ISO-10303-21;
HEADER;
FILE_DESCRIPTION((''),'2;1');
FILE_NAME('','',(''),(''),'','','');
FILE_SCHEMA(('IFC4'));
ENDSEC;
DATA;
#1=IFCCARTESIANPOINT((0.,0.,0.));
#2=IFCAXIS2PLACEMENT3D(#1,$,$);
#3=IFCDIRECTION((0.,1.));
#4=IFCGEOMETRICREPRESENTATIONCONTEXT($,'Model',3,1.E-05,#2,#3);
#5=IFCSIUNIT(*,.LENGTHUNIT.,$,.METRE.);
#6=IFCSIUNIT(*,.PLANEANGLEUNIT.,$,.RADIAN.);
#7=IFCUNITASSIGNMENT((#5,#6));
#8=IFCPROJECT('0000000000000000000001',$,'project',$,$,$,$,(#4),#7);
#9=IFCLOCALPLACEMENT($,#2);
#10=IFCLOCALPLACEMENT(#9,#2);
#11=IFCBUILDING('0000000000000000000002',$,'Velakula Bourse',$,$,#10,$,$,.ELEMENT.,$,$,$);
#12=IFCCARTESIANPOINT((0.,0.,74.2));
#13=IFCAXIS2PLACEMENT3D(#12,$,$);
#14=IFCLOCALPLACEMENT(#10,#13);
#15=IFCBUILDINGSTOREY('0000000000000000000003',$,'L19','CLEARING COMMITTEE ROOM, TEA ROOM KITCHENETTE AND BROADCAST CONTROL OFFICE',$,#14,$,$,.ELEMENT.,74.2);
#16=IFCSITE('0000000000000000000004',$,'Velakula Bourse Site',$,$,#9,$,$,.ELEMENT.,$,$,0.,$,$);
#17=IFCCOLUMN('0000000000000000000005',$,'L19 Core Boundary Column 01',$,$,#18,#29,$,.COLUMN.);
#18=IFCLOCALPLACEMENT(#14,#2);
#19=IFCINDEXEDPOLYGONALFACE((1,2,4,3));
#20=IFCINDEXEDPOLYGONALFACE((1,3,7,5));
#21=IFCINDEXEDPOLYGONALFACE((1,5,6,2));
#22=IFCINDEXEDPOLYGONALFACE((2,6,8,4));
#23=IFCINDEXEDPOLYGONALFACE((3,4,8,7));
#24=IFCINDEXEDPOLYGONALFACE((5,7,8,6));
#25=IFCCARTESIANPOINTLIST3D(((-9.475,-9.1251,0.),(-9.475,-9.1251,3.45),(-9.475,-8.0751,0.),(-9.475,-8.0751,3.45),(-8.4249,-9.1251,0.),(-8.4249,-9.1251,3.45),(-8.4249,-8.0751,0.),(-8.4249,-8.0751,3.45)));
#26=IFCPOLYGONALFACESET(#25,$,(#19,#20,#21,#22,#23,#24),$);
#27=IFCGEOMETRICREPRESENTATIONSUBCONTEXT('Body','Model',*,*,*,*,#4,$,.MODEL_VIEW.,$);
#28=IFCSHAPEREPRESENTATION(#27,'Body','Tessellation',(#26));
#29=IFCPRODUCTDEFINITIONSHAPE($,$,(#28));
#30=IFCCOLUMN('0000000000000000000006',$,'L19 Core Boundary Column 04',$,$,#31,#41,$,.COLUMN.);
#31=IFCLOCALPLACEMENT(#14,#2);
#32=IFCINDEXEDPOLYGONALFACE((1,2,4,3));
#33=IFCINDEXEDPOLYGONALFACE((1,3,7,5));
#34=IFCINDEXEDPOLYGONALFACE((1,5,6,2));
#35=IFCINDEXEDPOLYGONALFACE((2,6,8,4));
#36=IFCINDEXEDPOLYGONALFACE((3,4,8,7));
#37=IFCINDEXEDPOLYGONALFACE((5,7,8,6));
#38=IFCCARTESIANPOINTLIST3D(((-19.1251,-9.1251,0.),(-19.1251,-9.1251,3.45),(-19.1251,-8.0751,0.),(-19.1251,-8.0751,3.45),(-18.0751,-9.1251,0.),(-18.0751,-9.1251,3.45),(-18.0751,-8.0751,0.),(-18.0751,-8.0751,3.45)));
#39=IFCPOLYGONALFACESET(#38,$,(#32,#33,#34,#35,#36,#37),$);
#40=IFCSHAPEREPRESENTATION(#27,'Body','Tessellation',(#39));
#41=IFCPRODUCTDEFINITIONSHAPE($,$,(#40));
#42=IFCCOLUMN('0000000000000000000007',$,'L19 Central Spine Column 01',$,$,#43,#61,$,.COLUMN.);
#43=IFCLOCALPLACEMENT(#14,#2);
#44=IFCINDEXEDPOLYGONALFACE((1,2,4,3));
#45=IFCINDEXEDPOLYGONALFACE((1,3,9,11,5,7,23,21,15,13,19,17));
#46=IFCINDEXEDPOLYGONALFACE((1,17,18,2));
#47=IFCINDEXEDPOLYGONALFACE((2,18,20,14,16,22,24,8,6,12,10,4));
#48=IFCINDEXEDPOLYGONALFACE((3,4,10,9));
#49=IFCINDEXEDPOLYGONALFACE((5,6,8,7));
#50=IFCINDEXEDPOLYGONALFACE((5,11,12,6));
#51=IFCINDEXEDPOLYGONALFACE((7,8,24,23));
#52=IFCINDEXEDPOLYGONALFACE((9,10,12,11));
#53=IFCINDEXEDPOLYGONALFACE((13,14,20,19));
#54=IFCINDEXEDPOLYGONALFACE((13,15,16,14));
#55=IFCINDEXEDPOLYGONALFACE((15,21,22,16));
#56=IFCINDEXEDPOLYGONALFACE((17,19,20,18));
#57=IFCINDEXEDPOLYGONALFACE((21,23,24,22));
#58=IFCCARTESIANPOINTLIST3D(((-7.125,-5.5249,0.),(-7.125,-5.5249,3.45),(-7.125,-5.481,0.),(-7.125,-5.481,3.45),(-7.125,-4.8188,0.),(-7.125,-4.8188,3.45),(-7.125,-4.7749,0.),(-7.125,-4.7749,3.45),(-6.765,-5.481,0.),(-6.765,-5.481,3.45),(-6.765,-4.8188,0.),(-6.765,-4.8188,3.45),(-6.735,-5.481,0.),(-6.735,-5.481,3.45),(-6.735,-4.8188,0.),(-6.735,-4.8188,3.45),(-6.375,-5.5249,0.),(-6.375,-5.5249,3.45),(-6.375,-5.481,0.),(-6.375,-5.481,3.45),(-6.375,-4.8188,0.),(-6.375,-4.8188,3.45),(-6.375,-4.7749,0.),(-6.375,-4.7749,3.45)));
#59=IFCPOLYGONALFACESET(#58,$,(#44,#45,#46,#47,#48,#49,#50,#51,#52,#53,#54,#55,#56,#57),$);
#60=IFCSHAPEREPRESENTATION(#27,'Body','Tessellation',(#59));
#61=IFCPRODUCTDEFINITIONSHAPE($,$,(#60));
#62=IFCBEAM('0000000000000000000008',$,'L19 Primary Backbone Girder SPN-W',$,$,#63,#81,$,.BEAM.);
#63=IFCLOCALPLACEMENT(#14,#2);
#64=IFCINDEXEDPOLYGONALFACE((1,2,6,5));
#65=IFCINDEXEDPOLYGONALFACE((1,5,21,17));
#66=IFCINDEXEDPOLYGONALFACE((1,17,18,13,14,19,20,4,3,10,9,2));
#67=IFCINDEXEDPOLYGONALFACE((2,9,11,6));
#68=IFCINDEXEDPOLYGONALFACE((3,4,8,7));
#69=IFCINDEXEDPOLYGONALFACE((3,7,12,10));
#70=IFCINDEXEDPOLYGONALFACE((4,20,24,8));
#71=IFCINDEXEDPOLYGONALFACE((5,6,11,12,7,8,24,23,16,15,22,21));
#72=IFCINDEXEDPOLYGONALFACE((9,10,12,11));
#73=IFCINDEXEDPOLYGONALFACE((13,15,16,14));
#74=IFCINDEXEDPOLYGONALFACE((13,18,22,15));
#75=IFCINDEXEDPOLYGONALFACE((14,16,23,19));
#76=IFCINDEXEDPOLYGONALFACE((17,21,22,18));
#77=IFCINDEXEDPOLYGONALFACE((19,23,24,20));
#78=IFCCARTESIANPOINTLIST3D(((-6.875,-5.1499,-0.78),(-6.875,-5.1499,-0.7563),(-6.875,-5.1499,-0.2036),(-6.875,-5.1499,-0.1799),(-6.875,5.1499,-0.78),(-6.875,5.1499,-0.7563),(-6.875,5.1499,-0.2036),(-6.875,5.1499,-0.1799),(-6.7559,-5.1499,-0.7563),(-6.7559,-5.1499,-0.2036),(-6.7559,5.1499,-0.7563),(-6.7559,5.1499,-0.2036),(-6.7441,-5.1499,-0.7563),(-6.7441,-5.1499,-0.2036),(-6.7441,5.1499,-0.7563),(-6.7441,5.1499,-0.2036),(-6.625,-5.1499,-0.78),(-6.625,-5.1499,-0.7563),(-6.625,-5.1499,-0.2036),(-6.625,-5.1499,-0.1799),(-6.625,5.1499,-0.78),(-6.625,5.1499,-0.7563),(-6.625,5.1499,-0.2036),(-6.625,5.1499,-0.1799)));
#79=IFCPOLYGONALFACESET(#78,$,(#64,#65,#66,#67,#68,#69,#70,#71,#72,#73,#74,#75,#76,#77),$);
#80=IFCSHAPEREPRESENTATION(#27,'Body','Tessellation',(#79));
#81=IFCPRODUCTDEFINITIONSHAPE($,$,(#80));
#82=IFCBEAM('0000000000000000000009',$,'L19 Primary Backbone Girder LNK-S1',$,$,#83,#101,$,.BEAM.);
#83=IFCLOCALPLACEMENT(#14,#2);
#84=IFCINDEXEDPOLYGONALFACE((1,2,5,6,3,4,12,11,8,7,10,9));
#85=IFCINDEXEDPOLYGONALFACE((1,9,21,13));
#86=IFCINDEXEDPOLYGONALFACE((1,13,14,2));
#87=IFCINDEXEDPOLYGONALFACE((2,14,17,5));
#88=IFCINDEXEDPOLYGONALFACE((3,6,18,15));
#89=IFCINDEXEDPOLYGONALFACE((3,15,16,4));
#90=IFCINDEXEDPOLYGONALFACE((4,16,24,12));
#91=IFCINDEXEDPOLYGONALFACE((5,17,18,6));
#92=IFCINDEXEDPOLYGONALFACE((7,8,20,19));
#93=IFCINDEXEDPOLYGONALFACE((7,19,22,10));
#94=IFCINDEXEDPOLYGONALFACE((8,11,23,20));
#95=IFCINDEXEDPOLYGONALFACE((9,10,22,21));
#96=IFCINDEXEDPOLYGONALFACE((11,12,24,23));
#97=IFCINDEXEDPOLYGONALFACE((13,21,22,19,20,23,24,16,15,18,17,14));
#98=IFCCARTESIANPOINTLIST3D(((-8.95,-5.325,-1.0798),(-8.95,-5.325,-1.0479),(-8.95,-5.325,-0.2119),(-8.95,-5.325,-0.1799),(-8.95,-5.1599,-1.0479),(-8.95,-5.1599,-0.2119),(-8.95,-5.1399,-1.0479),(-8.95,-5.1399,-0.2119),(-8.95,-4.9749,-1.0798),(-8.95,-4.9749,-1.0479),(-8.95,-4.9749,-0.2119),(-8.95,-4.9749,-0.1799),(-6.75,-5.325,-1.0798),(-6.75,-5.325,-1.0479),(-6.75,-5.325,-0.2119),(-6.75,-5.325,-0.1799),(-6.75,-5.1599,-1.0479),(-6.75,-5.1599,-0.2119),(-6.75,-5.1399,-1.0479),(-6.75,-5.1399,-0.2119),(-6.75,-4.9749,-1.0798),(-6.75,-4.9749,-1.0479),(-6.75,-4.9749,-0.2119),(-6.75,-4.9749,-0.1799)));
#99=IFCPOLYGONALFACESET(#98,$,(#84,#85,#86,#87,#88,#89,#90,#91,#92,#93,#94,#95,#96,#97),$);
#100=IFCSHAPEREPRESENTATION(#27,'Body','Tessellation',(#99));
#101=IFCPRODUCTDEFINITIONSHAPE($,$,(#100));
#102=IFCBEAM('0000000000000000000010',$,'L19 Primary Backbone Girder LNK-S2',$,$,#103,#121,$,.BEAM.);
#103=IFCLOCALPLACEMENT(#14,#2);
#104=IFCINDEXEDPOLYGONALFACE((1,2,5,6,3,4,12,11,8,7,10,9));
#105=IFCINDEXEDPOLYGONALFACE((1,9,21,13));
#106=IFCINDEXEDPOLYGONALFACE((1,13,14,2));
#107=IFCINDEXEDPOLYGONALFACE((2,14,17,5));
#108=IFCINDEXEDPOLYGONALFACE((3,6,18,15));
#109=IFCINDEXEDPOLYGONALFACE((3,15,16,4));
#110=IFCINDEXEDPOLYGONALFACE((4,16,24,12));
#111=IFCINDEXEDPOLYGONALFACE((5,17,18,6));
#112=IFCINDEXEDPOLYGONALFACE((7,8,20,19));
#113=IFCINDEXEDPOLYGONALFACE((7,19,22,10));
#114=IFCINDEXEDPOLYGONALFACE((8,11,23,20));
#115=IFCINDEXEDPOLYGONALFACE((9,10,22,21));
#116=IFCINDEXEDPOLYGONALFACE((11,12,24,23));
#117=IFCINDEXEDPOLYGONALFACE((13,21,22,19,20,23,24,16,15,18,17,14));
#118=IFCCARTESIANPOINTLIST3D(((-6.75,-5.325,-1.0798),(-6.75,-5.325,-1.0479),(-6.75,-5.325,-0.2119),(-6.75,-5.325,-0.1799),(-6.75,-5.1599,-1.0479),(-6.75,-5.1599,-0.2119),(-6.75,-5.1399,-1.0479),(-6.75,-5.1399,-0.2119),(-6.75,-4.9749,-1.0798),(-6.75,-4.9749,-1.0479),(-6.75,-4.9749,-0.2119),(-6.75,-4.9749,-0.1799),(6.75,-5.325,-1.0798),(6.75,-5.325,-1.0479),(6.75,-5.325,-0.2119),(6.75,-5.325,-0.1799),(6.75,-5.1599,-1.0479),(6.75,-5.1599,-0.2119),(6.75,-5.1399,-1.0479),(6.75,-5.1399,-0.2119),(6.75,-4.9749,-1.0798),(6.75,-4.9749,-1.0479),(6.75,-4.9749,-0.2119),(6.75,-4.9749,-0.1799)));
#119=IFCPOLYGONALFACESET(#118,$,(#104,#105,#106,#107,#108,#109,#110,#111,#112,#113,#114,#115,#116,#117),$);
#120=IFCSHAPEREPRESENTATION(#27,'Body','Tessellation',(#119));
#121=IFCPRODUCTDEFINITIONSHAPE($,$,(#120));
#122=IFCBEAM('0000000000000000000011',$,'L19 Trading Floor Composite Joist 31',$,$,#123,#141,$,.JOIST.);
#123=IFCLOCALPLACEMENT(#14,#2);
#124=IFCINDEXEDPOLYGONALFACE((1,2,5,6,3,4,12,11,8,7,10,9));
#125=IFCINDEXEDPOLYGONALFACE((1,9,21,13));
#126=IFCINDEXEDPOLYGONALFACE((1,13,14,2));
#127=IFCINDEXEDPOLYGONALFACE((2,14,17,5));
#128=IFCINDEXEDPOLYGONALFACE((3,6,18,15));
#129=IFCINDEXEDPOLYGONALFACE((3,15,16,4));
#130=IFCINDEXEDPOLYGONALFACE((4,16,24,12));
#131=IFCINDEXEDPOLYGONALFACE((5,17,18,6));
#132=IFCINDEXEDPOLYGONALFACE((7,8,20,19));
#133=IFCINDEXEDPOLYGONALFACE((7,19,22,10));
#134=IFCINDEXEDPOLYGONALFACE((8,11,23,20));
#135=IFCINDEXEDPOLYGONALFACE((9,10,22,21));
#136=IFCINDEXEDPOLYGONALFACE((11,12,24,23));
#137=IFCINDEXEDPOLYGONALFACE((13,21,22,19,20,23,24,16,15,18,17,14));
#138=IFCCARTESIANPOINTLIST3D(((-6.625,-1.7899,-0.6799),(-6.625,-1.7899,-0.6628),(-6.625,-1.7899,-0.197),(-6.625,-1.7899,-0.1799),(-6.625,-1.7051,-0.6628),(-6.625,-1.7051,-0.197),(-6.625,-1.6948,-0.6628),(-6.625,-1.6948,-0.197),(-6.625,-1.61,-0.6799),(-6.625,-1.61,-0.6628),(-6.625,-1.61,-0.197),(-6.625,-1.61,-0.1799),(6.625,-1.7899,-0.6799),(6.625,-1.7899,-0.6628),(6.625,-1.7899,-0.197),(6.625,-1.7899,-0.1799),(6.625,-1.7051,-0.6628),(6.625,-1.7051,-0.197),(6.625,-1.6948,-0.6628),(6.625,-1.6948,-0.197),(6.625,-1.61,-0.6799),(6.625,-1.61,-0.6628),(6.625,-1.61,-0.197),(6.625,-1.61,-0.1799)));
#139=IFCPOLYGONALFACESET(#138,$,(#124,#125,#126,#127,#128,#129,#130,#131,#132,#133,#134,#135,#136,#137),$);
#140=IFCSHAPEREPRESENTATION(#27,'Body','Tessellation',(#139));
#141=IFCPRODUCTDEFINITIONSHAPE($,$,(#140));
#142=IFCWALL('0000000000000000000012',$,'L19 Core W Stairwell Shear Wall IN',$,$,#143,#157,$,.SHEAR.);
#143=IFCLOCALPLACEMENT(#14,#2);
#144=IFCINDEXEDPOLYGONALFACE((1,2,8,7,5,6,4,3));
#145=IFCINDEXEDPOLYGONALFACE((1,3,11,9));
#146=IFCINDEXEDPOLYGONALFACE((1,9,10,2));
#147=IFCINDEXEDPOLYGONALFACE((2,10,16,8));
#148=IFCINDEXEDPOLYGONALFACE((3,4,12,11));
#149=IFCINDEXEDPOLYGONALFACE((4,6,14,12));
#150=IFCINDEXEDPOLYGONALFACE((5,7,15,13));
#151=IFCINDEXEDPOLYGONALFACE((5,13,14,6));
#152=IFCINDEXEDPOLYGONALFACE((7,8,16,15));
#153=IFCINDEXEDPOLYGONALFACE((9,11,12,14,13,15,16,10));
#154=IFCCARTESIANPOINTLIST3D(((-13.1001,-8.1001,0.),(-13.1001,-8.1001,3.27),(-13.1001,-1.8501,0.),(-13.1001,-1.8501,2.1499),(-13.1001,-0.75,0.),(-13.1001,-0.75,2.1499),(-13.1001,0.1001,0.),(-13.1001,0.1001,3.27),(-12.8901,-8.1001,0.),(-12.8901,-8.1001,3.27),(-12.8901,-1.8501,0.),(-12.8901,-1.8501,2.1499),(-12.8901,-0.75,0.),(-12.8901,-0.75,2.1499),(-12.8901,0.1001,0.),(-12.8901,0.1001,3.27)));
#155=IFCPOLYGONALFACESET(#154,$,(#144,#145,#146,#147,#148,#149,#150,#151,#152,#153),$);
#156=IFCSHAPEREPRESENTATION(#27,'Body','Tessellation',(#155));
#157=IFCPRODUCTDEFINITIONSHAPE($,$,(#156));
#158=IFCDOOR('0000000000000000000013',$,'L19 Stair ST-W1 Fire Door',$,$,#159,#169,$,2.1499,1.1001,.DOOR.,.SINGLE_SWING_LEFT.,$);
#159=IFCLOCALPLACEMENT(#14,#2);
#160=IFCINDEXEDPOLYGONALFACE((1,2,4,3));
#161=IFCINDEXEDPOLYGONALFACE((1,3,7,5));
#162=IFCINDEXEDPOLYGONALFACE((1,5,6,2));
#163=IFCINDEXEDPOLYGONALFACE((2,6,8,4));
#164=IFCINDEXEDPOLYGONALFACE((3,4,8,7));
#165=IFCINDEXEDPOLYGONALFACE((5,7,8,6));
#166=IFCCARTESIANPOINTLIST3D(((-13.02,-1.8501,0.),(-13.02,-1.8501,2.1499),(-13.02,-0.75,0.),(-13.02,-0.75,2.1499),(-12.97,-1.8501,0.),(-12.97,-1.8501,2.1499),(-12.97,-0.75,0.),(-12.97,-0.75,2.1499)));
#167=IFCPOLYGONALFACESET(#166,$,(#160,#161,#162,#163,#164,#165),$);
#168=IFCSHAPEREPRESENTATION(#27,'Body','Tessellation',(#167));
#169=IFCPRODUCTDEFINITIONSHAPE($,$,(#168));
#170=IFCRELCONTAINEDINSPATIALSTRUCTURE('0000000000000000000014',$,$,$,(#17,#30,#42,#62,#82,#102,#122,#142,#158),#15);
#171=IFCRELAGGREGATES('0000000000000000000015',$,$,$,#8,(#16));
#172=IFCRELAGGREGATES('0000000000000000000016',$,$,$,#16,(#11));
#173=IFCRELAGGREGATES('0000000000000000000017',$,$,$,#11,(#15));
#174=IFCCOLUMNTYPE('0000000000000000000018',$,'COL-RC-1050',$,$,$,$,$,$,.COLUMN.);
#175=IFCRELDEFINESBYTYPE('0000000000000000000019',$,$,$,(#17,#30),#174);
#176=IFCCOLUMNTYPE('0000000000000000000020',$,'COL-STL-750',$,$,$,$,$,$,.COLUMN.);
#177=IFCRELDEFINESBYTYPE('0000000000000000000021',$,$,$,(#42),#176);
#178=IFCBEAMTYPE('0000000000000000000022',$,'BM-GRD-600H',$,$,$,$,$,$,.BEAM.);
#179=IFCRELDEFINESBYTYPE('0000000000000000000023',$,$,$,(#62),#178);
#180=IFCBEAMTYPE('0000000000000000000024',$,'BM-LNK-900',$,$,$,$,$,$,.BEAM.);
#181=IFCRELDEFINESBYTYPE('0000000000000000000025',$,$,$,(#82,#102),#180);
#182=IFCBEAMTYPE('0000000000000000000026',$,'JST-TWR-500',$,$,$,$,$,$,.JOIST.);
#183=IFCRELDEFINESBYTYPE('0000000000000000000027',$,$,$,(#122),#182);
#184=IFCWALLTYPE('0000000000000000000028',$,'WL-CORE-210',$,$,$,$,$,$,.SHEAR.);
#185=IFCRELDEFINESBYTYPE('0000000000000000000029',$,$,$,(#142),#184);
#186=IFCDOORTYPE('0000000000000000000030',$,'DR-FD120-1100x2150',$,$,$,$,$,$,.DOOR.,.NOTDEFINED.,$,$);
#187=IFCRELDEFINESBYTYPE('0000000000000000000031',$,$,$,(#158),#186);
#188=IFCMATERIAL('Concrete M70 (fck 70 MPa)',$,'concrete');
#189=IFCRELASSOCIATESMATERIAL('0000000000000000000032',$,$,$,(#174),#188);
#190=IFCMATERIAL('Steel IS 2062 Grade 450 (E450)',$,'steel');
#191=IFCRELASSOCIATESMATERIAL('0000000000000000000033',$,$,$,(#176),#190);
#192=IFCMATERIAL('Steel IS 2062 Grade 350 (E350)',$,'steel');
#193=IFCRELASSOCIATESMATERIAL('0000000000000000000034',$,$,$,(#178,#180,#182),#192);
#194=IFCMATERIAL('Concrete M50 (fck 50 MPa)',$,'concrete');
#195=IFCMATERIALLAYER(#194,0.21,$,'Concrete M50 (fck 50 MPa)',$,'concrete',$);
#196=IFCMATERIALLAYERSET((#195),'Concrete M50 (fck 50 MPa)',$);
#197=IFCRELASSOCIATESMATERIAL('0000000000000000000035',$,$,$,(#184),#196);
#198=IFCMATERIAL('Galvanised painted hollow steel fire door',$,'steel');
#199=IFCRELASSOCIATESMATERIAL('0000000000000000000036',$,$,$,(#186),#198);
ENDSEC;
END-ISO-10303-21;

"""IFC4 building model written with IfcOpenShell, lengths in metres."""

from ifc_helpers import new_model, si_unit, direction, frame, frame_2d, origin, origin_2d, place, context, subcontext, project, spatial, rectangle, i_section, extrude, material, layer, layer_set, material_profile, profile_set, type_object, element, fill, save


model = new_model("IFC4")

# Units and contexts
model_context = context("Model", 3, precision=1e-05, world=origin(), true_north=direction((0.0, 1.0)))
body_context = subcontext(model_context, "Body", "Model", "MODEL_VIEW")
ifc_project = project(units=[si_unit("LENGTHUNIT", "METRE"), si_unit("PLANEANGLEUNIT", "RADIAN")], contexts=[model_context])

# Site, building, storey
site_placement = place(None, origin())
site = spatial("IfcSite", under=ifc_project, at=site_placement, Name="Velakula Bourse Site", CompositionType="ELEMENT", RefElevation=0.0)
building_placement = place(site_placement, origin())
building = spatial("IfcBuilding", under=site, at=building_placement, Name="Velakula Bourse", CompositionType="ELEMENT")
storey_placement = place(building_placement, frame((0.0, 0.0, 74.2)))
storey = spatial("IfcBuildingStorey", under=building, at=storey_placement, Name="L19", Description="CLEARING COMMITTEE ROOM, TEA ROOM KITCHENETTE AND BROADCAST CONTROL OFFICE", CompositionType="ELEMENT", Elevation=74.2)

# Columns
ifc_material_1 = material(Name="Concrete M70 (fck 70 MPa)", Category="concrete")
ifc_material_profile_1 = material_profile(ifc_material_1, rectangle(XDim=1.05, YDim=1.05, at=origin_2d()), Name="Concrete M70 (fck 70 MPa)")
ifc_profile_set_1 = profile_set([ifc_material_profile_1], Name="Concrete M70 (fck 70 MPa)")
column_type_1 = type_object("IfcColumnType", Name="COL-RC-1050", PredefinedType="COLUMN", material=ifc_profile_set_1)
for number, where, z_axis, x_axis, name in (
    (1, (-8.95, -8.6001, 0.0), (0.0, 0.0, 1.0), (1.0, 0.0, 0.0), "L19 Core Boundary Column 01"),
    (2, (-18.6001, -8.6001, 0.0), (0.0, 0.0, 1.0), (1.0, 0.0, 0.0), "L19 Core Boundary Column 04"),
):
    element("IfcColumn", number, at=place(storey_placement, frame(where, z_axis=z_axis, x_axis=x_axis)), inside=storey, type_object=column_type_1, Name=name, PredefinedType="COLUMN", context=body_context, shape_type="SweptSolid", body=[
        extrude(rectangle(XDim=1.05, YDim=1.05, at=origin_2d()), origin(), (0.0, 0.0, 1.0), 3.45),
    ])
ifc_material_2 = material(Name="Steel IS 2062 Grade 450 (E450)", Category="steel")
ifc_material_profile_2 = material_profile(ifc_material_2, i_section(OverallWidth=0.75, OverallDepth=0.75, WebThickness=0.03, FlangeThickness=0.0439, at=origin_2d()), Name="Steel IS 2062 Grade 450 (E450)")
ifc_profile_set_2 = profile_set([ifc_material_profile_2], Name="Steel IS 2062 Grade 450 (E450)")
column_type_2 = type_object("IfcColumnType", Name="COL-STL-750", PredefinedType="COLUMN", material=ifc_profile_set_2)
column_placement = place(storey_placement, frame((-6.75, -5.1499, 0.0), z_axis=(0.0, 0.0, 1.0), x_axis=(1.0, 0.0, 0.0)))
element("IfcColumn", 3, at=column_placement, inside=storey, type_object=column_type_2, Name="L19 Central Spine Column 01", PredefinedType="COLUMN", context=body_context, shape_type="SweptSolid", body=[
    extrude(i_section(OverallWidth=0.75, OverallDepth=0.75, WebThickness=0.03, FlangeThickness=0.0439, at=origin_2d()), origin(), (0.0, 0.0, 1.0), 3.45),
])

# Beams
ifc_material_3 = material(Name="Steel IS 2062 Grade 350 (E350)", Category="steel")
ifc_material_profile_3 = material_profile(ifc_material_3, i_section(OverallWidth=0.25, OverallDepth=0.6001, WebThickness=0.0117, FlangeThickness=0.0237, at=origin_2d()), Name="Steel IS 2062 Grade 350 (E350)")
ifc_profile_set_3 = profile_set([ifc_material_profile_3], Name="Steel IS 2062 Grade 350 (E350)")
beam_type_1 = type_object("IfcBeamType", Name="BM-GRD-600H", PredefinedType="BEAM", material=ifc_profile_set_3)
beam_1_placement = place(storey_placement, frame((-6.75, -5.1499, -0.48), z_axis=(0.0, 1.0, 0.0), x_axis=(-1.0, 0.0, 0.0)))
element("IfcBeam", 4, at=beam_1_placement, inside=storey, type_object=beam_type_1, Name="L19 Primary Backbone Girder SPN-W", PredefinedType="BEAM", context=body_context, shape_type="SweptSolid", body=[
    extrude(i_section(OverallWidth=0.25, OverallDepth=0.6001, WebThickness=0.0117, FlangeThickness=0.0237, at=origin_2d()), origin(), (0.0, 0.0, 1.0), 10.2998),
])
ifc_material_profile_4 = material_profile(ifc_material_3, i_section(OverallWidth=0.3501, OverallDepth=0.8999, WebThickness=0.02, FlangeThickness=0.032, at=origin_2d()), Name="Steel IS 2062 Grade 350 (E350)")
ifc_profile_set_4 = profile_set([ifc_material_profile_4], Name="Steel IS 2062 Grade 350 (E350)")
beam_type_2 = type_object("IfcBeamType", Name="BM-LNK-900", PredefinedType="BEAM", material=ifc_profile_set_4)
beam_2_placement = place(storey_placement, frame((-8.95, -5.1499, -0.6299), z_axis=(1.0, 0.0, 0.0), x_axis=(0.0, 1.0, 0.0)))
element("IfcBeam", 5, at=beam_2_placement, inside=storey, type_object=beam_type_2, Name="L19 Primary Backbone Girder LNK-S1", PredefinedType="BEAM", context=body_context, shape_type="SweptSolid", body=[
    extrude(i_section(OverallWidth=0.3501, OverallDepth=0.8999, WebThickness=0.02, FlangeThickness=0.032, at=origin_2d()), origin(), (0.0, 0.0, 1.0), 2.2),
])
beam_3_placement = place(storey_placement, frame((-6.75, -5.1499, -0.6299), z_axis=(1.0, 0.0, 0.0), x_axis=(0.0, 1.0, 0.0)))
element("IfcBeam", 6, at=beam_3_placement, inside=storey, type_object=beam_type_2, Name="L19 Primary Backbone Girder LNK-S2", PredefinedType="BEAM", context=body_context, shape_type="SweptSolid", body=[
    extrude(i_section(OverallWidth=0.3501, OverallDepth=0.8999, WebThickness=0.02, FlangeThickness=0.032, at=origin_2d()), origin(), (0.0, 0.0, 1.0), 13.5),
])
ifc_material_profile_5 = material_profile(ifc_material_3, i_section(OverallWidth=0.1799, OverallDepth=0.5, WebThickness=0.0103, FlangeThickness=0.0171, at=origin_2d()), Name="Steel IS 2062 Grade 350 (E350)")
ifc_profile_set_5 = profile_set([ifc_material_profile_5], Name="Steel IS 2062 Grade 350 (E350)")
beam_type_3 = type_object("IfcBeamType", Name="JST-TWR-500", PredefinedType="JOIST", material=ifc_profile_set_5)
beam_4_placement = place(storey_placement, frame((-6.625, -1.7, -0.4299), z_axis=(1.0, 0.0, 0.0), x_axis=(0.0, 1.0, 0.0)))
element("IfcBeam", 7, at=beam_4_placement, inside=storey, type_object=beam_type_3, Name="L19 Trading Floor Composite Joist 31", PredefinedType="JOIST", context=body_context, shape_type="SweptSolid", body=[
    extrude(i_section(OverallWidth=0.1799, OverallDepth=0.5, WebThickness=0.0103, FlangeThickness=0.0171, at=origin_2d()), origin(), (0.0, 0.0, 1.0), 13.25),
])

# Wall, opening, door
ifc_material_4 = material(Name="Concrete M50 (fck 50 MPa)", Category="concrete")
ifc_layer_1 = layer(ifc_material_4, 0.21, Name="Concrete M50 (fck 50 MPa)", Category="concrete")
ifc_layer_set_1 = layer_set([ifc_layer_1], Name="Concrete M50 (fck 50 MPa)")
wall_type_1 = type_object("IfcWallType", Name="WL-CORE-210", PredefinedType="SHEAR", material=ifc_layer_set_1)
wall_1_placement = place(storey_placement, frame((-12.9951, -8.1001, 0.0), z_axis=(0.0, 0.0, 1.0), x_axis=(0.0, 1.0, 0.0)))
wall_1 = element("IfcWall", 8, at=wall_1_placement, inside=storey, type_object=wall_type_1, Name="L19 Core W Stairwell Shear Wall IN", PredefinedType="SHEAR", context=body_context, shape_type="SweptSolid", body=[
    extrude(rectangle(XDim=8.2002, YDim=0.21, at=frame_2d((4.1001, 0.0))), origin(), (0.0, 0.0, 1.0), 3.27),
])
opening_1_placement = place(wall_1_placement, frame((6.25, 0.0, 0.0)))
opening_1 = element("IfcOpeningElement", 9, at=opening_1_placement, cuts=wall_1, PredefinedType="OPENING", context=body_context, shape_type="SweptSolid", body=[
    extrude(rectangle(XDim=1.1001, YDim=2.1499, at=frame_2d((0.55, 1.075))), frame((0.0, 0.115, 0.0), z_axis=(0.0, -1.0, 0.0), x_axis=(1.0, 0.0, 0.0)), (0.0, 0.0, 1.0), 0.23),
])
ifc_material_5 = material(Name="Galvanised painted hollow steel fire door", Category="steel")
door_type_1 = type_object("IfcDoorType", Name="DR-FD120-1100x2150", OperationType="NOTDEFINED", PredefinedType="DOOR", material=ifc_material_5)
door_1_placement = place(opening_1_placement, origin())
door_1 = element("IfcDoor", 10, at=door_1_placement, inside=storey, type_object=door_type_1, Name="L19 Stair ST-W1 Fire Door", OperationType="SINGLE_SWING_LEFT", OverallHeight=2.1499, OverallWidth=1.1001, PredefinedType="DOOR", context=body_context, shape_type="SweptSolid", body=[
    extrude(rectangle(XDim=1.1001, YDim=2.1499, at=frame_2d((0.55, 1.075))), frame((0.0, 0.0249, 0.0), z_axis=(0.0, -1.0, 0.0), x_axis=(1.0, 0.0, 0.0)), (0.0, 0.0, 1.0), 0.05),
])
fill(opening_1, door_1)

save(model, "model.ifc")
